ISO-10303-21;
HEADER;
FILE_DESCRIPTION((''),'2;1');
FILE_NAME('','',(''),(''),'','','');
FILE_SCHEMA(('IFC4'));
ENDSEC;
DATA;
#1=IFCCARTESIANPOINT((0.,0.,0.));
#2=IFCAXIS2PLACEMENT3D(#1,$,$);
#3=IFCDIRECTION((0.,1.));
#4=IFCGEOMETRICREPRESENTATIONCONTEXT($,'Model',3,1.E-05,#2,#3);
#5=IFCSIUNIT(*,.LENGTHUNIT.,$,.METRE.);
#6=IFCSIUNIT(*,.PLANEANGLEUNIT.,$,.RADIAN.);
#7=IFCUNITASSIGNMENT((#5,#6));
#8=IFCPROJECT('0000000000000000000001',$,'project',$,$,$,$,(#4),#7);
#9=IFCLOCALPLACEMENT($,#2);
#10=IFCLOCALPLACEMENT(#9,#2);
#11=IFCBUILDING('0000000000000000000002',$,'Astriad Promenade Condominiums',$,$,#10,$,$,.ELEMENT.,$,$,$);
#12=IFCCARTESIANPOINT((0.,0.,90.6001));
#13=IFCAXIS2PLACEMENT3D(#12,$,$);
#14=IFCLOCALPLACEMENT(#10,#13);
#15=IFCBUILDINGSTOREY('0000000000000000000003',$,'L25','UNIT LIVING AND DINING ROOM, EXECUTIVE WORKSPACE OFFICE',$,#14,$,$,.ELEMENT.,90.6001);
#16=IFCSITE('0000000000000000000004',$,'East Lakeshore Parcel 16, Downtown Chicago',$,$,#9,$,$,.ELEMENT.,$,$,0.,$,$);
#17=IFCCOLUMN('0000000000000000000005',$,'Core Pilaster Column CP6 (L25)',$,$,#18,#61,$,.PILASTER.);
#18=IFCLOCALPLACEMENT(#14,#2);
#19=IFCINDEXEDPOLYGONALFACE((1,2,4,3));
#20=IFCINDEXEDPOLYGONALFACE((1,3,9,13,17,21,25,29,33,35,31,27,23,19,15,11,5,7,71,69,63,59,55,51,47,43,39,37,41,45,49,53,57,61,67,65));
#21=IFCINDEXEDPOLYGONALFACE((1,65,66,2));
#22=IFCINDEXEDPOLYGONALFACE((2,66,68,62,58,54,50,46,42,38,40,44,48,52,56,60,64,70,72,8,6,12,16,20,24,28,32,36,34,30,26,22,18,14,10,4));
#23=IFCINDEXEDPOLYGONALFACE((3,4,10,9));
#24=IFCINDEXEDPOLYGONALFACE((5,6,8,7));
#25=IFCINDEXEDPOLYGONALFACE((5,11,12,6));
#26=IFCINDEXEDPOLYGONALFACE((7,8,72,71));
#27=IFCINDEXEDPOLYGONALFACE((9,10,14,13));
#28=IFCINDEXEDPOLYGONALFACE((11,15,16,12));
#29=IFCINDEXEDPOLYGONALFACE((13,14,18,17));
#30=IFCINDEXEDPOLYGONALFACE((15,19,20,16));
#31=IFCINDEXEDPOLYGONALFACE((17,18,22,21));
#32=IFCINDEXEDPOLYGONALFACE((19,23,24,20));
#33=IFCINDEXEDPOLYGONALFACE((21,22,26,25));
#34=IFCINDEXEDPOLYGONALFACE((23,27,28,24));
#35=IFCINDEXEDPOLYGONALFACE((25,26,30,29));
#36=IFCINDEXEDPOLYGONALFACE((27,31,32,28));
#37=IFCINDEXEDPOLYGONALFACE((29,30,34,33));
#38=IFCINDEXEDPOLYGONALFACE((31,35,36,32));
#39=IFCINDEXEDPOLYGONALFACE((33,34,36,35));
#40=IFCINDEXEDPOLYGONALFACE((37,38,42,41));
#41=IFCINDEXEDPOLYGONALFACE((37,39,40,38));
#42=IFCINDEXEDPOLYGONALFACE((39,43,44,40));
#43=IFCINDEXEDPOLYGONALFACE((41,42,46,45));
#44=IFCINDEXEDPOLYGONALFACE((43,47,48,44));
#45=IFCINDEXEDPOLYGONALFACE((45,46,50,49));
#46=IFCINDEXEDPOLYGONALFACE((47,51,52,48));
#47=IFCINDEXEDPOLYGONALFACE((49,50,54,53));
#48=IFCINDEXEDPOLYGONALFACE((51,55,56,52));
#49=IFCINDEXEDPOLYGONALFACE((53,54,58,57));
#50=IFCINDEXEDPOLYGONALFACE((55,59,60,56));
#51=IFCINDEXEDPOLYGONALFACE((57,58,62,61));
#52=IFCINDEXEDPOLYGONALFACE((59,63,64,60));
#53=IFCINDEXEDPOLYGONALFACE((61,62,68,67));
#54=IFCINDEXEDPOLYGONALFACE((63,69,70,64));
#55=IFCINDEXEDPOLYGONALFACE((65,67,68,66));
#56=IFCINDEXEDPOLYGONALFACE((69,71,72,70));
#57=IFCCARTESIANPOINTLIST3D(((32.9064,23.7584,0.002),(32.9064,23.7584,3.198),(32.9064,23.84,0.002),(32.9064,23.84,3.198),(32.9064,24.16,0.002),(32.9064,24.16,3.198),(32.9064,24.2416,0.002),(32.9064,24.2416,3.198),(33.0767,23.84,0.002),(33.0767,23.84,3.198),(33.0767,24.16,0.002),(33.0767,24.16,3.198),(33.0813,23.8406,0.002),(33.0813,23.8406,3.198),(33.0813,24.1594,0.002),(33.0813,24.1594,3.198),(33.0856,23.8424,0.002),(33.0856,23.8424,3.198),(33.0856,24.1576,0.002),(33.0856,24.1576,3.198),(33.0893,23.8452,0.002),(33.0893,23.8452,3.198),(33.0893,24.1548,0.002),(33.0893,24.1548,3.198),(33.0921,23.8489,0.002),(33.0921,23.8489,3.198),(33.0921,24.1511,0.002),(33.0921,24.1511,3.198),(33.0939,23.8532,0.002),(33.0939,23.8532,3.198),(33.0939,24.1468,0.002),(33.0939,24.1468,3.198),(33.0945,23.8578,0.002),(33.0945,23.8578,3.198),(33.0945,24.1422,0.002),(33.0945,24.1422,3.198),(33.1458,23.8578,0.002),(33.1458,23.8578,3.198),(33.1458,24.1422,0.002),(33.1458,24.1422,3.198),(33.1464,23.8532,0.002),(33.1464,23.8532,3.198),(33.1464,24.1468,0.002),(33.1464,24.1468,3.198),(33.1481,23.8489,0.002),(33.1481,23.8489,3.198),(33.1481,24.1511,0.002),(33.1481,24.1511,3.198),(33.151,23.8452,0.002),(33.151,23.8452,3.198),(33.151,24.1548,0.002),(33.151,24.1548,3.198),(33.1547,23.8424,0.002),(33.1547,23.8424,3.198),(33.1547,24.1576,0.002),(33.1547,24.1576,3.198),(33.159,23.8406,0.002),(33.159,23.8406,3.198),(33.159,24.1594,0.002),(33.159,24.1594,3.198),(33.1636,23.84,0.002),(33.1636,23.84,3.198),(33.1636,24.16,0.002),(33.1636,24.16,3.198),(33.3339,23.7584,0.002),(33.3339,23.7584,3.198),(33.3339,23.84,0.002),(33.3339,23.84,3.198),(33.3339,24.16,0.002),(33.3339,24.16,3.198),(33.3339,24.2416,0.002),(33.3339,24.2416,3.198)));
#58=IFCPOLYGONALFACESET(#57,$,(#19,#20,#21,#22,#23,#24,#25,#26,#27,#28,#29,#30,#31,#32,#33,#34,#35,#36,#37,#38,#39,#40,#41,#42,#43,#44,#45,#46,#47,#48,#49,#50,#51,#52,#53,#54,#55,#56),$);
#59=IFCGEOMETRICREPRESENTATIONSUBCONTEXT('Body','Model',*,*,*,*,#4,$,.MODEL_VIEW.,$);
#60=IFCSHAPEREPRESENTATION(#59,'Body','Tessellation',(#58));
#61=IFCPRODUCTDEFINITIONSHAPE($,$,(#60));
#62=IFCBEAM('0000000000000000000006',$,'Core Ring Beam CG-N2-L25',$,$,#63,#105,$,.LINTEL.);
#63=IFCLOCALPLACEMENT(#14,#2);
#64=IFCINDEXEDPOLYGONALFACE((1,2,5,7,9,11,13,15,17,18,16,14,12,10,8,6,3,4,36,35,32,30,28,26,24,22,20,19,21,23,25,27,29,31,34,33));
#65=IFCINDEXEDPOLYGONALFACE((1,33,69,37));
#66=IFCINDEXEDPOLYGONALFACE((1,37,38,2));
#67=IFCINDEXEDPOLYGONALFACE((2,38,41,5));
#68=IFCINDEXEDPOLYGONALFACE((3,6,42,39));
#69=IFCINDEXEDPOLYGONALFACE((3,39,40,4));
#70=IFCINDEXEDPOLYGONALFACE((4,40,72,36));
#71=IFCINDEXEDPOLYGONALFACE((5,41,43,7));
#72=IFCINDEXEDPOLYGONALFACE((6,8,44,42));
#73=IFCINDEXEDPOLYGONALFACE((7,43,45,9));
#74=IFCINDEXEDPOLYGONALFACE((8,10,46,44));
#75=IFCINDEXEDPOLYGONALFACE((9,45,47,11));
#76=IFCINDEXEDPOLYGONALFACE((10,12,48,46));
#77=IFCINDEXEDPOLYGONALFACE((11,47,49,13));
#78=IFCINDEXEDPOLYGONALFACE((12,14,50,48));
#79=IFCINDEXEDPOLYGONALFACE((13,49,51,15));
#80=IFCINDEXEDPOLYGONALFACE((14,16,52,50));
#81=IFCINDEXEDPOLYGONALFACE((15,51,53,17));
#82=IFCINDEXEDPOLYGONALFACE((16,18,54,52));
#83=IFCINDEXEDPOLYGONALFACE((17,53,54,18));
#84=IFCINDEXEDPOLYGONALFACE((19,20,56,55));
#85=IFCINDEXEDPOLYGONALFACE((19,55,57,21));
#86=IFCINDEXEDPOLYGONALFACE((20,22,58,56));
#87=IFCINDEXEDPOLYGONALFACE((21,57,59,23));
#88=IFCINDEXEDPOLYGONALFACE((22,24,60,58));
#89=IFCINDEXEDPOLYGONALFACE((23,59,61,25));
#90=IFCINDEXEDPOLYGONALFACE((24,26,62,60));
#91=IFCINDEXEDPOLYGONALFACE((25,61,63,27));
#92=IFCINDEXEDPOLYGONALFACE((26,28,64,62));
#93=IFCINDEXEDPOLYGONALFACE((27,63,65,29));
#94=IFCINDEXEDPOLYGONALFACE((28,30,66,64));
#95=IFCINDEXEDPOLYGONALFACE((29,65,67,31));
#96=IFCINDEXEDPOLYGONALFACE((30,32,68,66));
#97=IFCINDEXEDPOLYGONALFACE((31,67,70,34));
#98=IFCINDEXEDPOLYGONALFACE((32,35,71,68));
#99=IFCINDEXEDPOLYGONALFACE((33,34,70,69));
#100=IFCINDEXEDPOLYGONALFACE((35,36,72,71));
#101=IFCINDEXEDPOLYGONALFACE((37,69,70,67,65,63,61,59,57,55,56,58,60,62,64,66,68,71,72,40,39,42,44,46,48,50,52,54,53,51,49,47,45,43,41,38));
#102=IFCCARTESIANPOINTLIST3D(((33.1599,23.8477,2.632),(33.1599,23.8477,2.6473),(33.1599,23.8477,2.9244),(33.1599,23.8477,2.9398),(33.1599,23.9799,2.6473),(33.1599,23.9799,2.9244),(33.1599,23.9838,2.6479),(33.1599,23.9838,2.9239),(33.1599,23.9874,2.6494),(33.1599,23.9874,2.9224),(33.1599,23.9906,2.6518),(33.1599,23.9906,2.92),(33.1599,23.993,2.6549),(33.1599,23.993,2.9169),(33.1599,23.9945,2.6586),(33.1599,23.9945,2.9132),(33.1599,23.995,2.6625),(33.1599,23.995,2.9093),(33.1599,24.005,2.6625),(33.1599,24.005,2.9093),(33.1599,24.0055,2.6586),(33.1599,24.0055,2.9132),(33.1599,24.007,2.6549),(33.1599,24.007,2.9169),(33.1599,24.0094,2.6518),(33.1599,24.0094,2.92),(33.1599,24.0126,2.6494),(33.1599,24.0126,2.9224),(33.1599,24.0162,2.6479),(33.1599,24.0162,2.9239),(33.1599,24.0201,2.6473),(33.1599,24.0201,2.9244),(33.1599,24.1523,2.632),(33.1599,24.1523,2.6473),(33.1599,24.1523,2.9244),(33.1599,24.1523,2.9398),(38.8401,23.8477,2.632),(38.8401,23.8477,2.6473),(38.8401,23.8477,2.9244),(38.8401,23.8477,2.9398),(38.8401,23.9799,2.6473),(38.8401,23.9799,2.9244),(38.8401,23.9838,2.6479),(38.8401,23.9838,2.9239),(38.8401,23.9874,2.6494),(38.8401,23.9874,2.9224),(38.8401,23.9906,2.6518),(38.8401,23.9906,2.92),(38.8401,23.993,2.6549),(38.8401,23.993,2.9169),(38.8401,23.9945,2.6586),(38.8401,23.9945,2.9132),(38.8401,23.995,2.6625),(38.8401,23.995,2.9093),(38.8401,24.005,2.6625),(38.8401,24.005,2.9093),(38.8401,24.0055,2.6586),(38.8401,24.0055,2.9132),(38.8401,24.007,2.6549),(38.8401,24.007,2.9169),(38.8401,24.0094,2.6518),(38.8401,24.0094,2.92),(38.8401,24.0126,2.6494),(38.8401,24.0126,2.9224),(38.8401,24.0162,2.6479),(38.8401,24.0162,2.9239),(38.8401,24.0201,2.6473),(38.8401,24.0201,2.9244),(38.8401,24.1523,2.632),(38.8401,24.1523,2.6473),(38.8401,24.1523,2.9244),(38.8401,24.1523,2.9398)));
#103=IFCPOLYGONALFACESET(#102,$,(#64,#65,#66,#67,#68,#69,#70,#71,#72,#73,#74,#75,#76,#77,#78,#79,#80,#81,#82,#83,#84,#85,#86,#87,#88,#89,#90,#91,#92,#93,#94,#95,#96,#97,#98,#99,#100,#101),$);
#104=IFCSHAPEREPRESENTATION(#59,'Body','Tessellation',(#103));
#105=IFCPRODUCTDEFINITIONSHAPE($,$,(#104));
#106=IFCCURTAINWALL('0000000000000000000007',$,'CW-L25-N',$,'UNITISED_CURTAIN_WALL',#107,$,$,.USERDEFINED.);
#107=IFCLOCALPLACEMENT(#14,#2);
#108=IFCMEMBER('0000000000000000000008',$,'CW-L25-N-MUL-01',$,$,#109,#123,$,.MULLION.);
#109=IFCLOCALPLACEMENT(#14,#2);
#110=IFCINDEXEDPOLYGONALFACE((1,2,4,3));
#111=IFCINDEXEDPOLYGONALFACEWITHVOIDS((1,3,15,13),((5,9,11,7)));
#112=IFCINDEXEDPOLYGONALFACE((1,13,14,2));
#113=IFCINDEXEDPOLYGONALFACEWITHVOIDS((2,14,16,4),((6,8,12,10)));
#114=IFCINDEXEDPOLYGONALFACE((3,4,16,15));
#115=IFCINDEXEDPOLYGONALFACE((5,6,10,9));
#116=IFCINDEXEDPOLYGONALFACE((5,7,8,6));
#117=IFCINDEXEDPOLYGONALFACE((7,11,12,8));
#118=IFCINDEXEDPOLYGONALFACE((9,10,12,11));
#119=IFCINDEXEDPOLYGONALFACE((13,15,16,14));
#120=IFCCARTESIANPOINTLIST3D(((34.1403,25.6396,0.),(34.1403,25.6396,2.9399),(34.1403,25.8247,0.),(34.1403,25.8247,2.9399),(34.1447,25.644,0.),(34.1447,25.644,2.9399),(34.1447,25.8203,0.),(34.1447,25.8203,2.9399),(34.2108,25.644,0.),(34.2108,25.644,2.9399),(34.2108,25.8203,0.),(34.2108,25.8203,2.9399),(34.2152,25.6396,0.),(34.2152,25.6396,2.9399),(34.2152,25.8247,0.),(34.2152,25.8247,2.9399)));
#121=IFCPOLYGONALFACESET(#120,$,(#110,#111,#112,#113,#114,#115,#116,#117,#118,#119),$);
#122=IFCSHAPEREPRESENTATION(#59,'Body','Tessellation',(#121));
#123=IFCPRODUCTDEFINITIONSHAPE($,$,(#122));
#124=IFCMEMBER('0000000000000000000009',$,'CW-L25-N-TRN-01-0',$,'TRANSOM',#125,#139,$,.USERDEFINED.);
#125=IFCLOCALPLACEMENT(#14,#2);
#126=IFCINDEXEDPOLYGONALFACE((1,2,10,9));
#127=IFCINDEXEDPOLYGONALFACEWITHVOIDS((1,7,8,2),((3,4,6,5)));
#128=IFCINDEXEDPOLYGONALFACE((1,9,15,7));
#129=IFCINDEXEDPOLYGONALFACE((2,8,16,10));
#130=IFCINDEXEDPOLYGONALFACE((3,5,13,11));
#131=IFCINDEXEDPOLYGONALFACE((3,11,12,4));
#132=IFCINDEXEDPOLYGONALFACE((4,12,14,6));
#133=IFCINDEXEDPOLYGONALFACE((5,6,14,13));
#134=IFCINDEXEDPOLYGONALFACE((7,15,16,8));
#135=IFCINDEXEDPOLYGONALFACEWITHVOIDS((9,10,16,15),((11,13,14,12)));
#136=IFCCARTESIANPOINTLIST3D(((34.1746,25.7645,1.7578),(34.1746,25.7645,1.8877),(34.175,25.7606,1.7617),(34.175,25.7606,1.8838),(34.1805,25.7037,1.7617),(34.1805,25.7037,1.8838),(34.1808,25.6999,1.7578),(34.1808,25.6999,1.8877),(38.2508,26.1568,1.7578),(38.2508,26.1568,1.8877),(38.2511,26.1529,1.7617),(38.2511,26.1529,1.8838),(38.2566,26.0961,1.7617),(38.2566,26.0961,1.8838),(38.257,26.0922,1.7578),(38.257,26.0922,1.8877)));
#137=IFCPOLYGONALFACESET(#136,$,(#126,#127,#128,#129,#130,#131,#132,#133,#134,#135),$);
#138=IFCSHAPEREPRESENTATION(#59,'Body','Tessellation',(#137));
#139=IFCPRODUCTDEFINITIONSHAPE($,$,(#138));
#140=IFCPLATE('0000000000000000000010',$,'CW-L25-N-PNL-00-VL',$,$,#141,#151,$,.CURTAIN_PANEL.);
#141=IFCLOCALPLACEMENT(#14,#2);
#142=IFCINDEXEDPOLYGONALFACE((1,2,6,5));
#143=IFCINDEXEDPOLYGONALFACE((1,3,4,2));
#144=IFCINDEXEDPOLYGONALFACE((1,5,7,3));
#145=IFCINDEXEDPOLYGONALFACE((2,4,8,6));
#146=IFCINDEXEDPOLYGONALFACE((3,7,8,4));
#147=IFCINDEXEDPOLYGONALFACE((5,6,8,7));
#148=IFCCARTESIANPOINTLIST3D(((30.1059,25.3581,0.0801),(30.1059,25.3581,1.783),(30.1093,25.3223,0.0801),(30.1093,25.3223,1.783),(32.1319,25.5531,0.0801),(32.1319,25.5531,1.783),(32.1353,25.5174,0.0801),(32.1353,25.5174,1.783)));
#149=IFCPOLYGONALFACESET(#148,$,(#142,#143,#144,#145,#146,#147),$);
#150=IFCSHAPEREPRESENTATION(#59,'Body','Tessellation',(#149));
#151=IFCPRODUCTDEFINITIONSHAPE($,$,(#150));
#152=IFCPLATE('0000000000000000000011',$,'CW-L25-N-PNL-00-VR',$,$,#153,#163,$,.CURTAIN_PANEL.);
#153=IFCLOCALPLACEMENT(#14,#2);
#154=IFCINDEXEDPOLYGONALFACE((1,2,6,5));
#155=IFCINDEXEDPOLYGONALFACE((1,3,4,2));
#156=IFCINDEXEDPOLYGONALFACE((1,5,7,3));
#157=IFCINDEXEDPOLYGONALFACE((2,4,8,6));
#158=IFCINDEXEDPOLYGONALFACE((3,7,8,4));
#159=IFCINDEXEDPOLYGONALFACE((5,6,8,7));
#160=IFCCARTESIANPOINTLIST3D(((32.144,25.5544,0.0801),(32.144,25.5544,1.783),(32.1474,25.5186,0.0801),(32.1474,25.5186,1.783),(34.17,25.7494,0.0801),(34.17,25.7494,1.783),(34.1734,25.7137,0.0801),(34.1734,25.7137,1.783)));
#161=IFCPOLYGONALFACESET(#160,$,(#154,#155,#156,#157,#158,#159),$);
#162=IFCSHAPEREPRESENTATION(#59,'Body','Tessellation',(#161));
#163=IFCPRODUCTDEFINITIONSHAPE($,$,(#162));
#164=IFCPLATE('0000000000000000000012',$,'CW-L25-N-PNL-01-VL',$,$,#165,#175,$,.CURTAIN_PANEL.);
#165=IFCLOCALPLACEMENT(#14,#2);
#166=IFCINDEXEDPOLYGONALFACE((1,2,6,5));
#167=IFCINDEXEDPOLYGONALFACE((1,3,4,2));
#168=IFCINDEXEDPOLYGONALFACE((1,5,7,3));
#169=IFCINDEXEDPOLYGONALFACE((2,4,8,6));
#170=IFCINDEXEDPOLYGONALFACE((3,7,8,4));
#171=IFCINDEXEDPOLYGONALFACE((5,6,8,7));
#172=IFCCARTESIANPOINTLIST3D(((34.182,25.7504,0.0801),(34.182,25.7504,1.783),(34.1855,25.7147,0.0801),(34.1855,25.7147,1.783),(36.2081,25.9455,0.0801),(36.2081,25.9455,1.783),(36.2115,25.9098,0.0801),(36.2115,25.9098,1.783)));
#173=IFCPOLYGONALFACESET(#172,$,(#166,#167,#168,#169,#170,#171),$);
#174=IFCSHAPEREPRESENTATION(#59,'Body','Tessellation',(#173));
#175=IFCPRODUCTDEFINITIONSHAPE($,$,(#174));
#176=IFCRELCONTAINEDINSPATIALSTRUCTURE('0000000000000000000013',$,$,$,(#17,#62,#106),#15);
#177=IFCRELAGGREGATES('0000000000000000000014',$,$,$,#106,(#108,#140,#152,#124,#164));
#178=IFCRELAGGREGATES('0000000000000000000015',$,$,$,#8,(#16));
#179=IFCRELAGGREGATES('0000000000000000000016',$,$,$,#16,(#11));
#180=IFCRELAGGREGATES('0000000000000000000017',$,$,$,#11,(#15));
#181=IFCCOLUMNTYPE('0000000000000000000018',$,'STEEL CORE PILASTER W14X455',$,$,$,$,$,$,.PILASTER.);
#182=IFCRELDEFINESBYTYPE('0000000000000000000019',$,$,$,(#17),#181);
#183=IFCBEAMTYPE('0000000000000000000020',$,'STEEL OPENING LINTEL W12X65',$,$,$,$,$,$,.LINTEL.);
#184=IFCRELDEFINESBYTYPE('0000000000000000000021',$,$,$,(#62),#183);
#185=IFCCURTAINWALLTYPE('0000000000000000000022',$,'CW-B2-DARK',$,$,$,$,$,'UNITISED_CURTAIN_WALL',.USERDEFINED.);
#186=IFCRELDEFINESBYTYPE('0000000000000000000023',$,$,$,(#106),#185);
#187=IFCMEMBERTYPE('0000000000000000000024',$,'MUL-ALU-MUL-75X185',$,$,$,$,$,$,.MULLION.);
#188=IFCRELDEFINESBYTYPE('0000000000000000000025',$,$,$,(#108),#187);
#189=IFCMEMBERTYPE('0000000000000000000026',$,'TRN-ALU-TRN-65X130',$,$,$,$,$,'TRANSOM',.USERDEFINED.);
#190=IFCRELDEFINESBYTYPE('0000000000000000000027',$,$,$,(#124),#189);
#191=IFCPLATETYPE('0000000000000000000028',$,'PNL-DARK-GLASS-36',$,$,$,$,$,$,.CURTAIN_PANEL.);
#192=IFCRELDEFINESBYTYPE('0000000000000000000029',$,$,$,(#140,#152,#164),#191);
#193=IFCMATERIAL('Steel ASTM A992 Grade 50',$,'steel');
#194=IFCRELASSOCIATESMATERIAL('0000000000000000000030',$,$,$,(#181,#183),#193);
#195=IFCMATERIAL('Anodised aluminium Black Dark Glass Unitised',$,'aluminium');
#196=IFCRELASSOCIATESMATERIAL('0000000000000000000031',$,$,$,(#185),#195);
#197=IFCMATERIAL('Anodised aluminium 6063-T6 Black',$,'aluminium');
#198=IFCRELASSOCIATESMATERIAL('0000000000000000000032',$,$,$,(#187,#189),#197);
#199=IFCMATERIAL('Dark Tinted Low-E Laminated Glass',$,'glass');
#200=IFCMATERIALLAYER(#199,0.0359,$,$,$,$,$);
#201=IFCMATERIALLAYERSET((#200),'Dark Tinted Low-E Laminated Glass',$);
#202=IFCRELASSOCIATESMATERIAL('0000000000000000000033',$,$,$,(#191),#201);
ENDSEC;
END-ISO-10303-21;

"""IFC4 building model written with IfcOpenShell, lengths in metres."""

from ifc_helpers import new_model, si_unit, direction, frame, origin, origin_2d, place, context, subcontext, project, spatial, rectangle, hollow_rectangle, i_section, extrude, source, transform, mapped, material, layer, layer_set, material_profile, profile_set, type_object, type_shapes, element, aggregate, save


model = new_model("IFC4")

# Units and contexts
model_context = context("Model", 3, precision=1e-05, world=origin(), true_north=direction((0.0, 1.0)))
body_context = subcontext(model_context, "Body", "Model", "MODEL_VIEW")
ifc_project = project(units=[si_unit("LENGTHUNIT", "METRE"), si_unit("PLANEANGLEUNIT", "RADIAN")], contexts=[model_context])

# Site, building, storey
site_placement = place(None, origin())
site = spatial("IfcSite", under=ifc_project, at=site_placement, Name="East Lakeshore Parcel 16, Downtown Chicago", CompositionType="ELEMENT", RefElevation=0.0)
building_placement = place(site_placement, origin())
building = spatial("IfcBuilding", under=site, at=building_placement, Name="Astriad Promenade Condominiums", CompositionType="ELEMENT")
storey_placement = place(building_placement, frame((0.0, 0.0, 90.6001)))
storey = spatial("IfcBuildingStorey", under=building, at=storey_placement, Name="L25", Description="UNIT LIVING AND DINING ROOM, EXECUTIVE WORKSPACE OFFICE", CompositionType="ELEMENT", Elevation=90.6001)

# Column
ifc_material_1 = material(Name="Steel ASTM A992 Grade 50", Category="steel")
ifc_material_profile_1 = material_profile(ifc_material_1, i_section(OverallWidth=0.4275, OverallDepth=0.4832, WebThickness=0.0513, FlangeThickness=0.0815, FilletRadius=0.0178, at=origin_2d()), Name="W14X455")
ifc_profile_set_1 = profile_set([ifc_material_profile_1], Name="Steel ASTM A992 Grade 50")
column_type = type_object("IfcColumnType", Name="STEEL CORE PILASTER W14X455", PredefinedType="PILASTER", material=ifc_profile_set_1)
shared_shape_1 = source(origin(), body_context, "Body", "SweptSolid", [
    extrude(i_section(OverallWidth=0.4275, OverallDepth=0.4832, WebThickness=0.0513, FlangeThickness=0.0815, FilletRadius=0.0178, at=origin_2d()), origin(), (0.0, 0.0, 1.0), 3.196),
])
type_shapes(column_type, [shared_shape_1])
column_placement = place(storey_placement, frame((33.1201, 24.0, 0.002), z_axis=(0.0, 0.0, 1.0), x_axis=(1.0, 0.0, 0.0)))
element("IfcColumn", 1, at=column_placement, inside=storey, type_object=column_type, Name="Core Pilaster Column CP6 (L25)", PredefinedType="PILASTER", context=body_context, shape_type="MappedRepresentation", body=[
    mapped(shared_shape_1, transform((0.0, 0.0, 0.0), scale=1.0)),
])

# Beam
ifc_material_profile_2 = material_profile(ifc_material_1, i_section(OverallWidth=0.3047, OverallDepth=0.3079, WebThickness=0.01, FlangeThickness=0.0154, FilletRadius=0.0151, at=origin_2d()), Name="W12X65")
ifc_profile_set_2 = profile_set([ifc_material_profile_2], Name="Steel ASTM A992 Grade 50")
beam_type = type_object("IfcBeamType", Name="STEEL OPENING LINTEL W12X65", PredefinedType="LINTEL", material=ifc_profile_set_2)
shared_shape_2 = source(origin(), body_context, "Body", "SweptSolid", [
    extrude(i_section(OverallWidth=0.3047, OverallDepth=0.3079, WebThickness=0.01, FlangeThickness=0.0154, FilletRadius=0.0151, at=origin_2d()), origin(), (0.0, 0.0, 1.0), 5.6802),
])
type_shapes(beam_type, [shared_shape_2])
beam_placement = place(storey_placement, frame((33.1599, 24.0, 2.7859), z_axis=(1.0, 0.0, 0.0), x_axis=(0.0, 1.0, 0.0)))
element("IfcBeam", 2, at=beam_placement, inside=storey, type_object=beam_type, Name="Core Ring Beam CG-N2-L25", PredefinedType="LINTEL", context=body_context, shape_type="MappedRepresentation", body=[
    mapped(shared_shape_2, transform((0.0, 0.0, 0.0), scale=1.0)),
])

# Curtain wall, members, plates
ifc_material_2 = material(Name="Anodised aluminium Black Dark Glass Unitised", Category="aluminium")
curtain_wall_type = type_object("IfcCurtainWallType", Name="CW-B2-DARK", ElementType="UNITISED_CURTAIN_WALL", PredefinedType="USERDEFINED", material=ifc_material_2)
curtain_wall_placement = place(storey_placement, origin())
curtain_wall = element("IfcCurtainWall", 3, at=curtain_wall_placement, inside=storey, type_object=curtain_wall_type, Name="CW-L25-N", ObjectType="UNITISED_CURTAIN_WALL", PredefinedType="USERDEFINED")
ifc_material_3 = material(Name="Anodised aluminium 6063-T6 Black", Category="aluminium")
ifc_material_profile_3 = material_profile(ifc_material_3, hollow_rectangle(XDim=0.075, YDim=0.1851, WallThickness=0.0044, at=origin_2d()), Name="ALU-MUL-75X185")
ifc_profile_set_3 = profile_set([ifc_material_profile_3], Name="Anodised aluminium 6063-T6 Black")
member_type_1 = type_object("IfcMemberType", Name="MUL-ALU-MUL-75X185", PredefinedType="MULLION", material=ifc_profile_set_3)
shared_shape_3 = source(origin(), body_context, "Body", "SweptSolid", [
    extrude(hollow_rectangle(XDim=0.075, YDim=0.1851, WallThickness=0.0044, at=origin_2d()), origin(), (0.0, 0.0, 1.0), 2.9399),
])
type_shapes(member_type_1, [shared_shape_3])
member_1_placement = place(storey_placement, frame((34.1777, 25.7322, 0.0), z_axis=(0.0, 0.0, 1.0), x_axis=(1.0, 0.0, 0.0)))
member_1 = element("IfcMember", 4, at=member_1_placement, type_object=member_type_1, Name="CW-L25-N-MUL-01", PredefinedType="MULLION", context=body_context, shape_type="MappedRepresentation", body=[
    mapped(shared_shape_3, transform((0.0, 0.0, 0.0), scale=1.0)),
])
ifc_material_profile_4 = material_profile(ifc_material_3, hollow_rectangle(XDim=0.0649, YDim=0.1299, WallThickness=0.0039, at=origin_2d()), Name="ALU-TRN-65X130")
ifc_profile_set_4 = profile_set([ifc_material_profile_4], Name="Anodised aluminium 6063-T6 Black")
member_type_2 = type_object("IfcMemberType", Name="TRN-ALU-TRN-65X130", ElementType="TRANSOM", PredefinedType="USERDEFINED", material=ifc_profile_set_4)
shared_shape_4 = source(origin(), body_context, "Body", "SweptSolid", [
    extrude(hollow_rectangle(XDim=0.0649, YDim=0.1299, WallThickness=0.0039, at=origin_2d()), origin(), (0.0, 0.0, 1.0), 4.095),
])
type_shapes(member_type_2, [shared_shape_4])
member_2_placement = place(storey_placement, frame((34.1777, 25.7322, 1.8228), z_axis=(0.9954, 0.095808, 0.0), x_axis=(-0.095808, 0.9954, 0.0)))
member_2 = element("IfcMember", 5, at=member_2_placement, type_object=member_type_2, Name="CW-L25-N-TRN-01-0", ObjectType="TRANSOM", PredefinedType="USERDEFINED", context=body_context, shape_type="MappedRepresentation", body=[
    mapped(shared_shape_4, transform((0.0, 0.0, 0.0), scale=1.0)),
])
ifc_material_4 = material(Name="Dark Tinted Low-E Laminated Glass", Category="glass")
ifc_layer_1 = layer(ifc_material_4, 0.0359)
ifc_layer_set_1 = layer_set([ifc_layer_1], Name="Dark Tinted Low-E Laminated Glass")
plate_type = type_object("IfcPlateType", Name="PNL-DARK-GLASS-36", PredefinedType="CURTAIN_PANEL", material=ifc_layer_set_1)
shared_shape_5 = source(origin(), body_context, "Body", "SweptSolid", [
    extrude(rectangle(XDim=2.0354, YDim=0.0359, at=origin_2d()), origin(), (0.0, 0.0, 1.0), 1.7029),
])
plate_1_placement = place(storey_placement, frame((31.1206, 25.4377, 0.0801), z_axis=(0.0, 0.0, 1.0), x_axis=(0.995396, 0.095846, 0.0)))
plate_1 = element("IfcPlate", 6, at=plate_1_placement, type_object=plate_type, Name="CW-L25-N-PNL-00-VL", PredefinedType="CURTAIN_PANEL", context=body_context, shape_type="MappedRepresentation", body=[
    mapped(shared_shape_5, transform((0.0, 0.0, 0.0), scale=1.0)),
])
plate_2_placement = place(storey_placement, frame((33.1587, 25.634, 0.0801), z_axis=(0.0, 0.0, 1.0), x_axis=(0.995396, 0.095846, 0.0)))
plate_2 = element("IfcPlate", 7, at=plate_2_placement, type_object=plate_type, Name="CW-L25-N-PNL-00-VR", PredefinedType="CURTAIN_PANEL", context=body_context, shape_type="MappedRepresentation", body=[
    mapped(shared_shape_5, transform((0.0, 0.0, 0.0), scale=1.0)),
])
plate_3_placement = place(storey_placement, frame((35.1968, 25.8301, 0.0801), z_axis=(0.0, 0.0, 1.0), x_axis=(0.995396, 0.095846, 0.0)))
plate_3 = element("IfcPlate", 8, at=plate_3_placement, type_object=plate_type, Name="CW-L25-N-PNL-01-VL", PredefinedType="CURTAIN_PANEL", context=body_context, shape_type="MappedRepresentation", body=[
    mapped(shared_shape_5, transform((0.0, 0.0, 0.0), scale=1.0)),
])
aggregate(curtain_wall, [member_1, plate_1, plate_2, member_2, plate_3])

save(model, "model.ifc")
